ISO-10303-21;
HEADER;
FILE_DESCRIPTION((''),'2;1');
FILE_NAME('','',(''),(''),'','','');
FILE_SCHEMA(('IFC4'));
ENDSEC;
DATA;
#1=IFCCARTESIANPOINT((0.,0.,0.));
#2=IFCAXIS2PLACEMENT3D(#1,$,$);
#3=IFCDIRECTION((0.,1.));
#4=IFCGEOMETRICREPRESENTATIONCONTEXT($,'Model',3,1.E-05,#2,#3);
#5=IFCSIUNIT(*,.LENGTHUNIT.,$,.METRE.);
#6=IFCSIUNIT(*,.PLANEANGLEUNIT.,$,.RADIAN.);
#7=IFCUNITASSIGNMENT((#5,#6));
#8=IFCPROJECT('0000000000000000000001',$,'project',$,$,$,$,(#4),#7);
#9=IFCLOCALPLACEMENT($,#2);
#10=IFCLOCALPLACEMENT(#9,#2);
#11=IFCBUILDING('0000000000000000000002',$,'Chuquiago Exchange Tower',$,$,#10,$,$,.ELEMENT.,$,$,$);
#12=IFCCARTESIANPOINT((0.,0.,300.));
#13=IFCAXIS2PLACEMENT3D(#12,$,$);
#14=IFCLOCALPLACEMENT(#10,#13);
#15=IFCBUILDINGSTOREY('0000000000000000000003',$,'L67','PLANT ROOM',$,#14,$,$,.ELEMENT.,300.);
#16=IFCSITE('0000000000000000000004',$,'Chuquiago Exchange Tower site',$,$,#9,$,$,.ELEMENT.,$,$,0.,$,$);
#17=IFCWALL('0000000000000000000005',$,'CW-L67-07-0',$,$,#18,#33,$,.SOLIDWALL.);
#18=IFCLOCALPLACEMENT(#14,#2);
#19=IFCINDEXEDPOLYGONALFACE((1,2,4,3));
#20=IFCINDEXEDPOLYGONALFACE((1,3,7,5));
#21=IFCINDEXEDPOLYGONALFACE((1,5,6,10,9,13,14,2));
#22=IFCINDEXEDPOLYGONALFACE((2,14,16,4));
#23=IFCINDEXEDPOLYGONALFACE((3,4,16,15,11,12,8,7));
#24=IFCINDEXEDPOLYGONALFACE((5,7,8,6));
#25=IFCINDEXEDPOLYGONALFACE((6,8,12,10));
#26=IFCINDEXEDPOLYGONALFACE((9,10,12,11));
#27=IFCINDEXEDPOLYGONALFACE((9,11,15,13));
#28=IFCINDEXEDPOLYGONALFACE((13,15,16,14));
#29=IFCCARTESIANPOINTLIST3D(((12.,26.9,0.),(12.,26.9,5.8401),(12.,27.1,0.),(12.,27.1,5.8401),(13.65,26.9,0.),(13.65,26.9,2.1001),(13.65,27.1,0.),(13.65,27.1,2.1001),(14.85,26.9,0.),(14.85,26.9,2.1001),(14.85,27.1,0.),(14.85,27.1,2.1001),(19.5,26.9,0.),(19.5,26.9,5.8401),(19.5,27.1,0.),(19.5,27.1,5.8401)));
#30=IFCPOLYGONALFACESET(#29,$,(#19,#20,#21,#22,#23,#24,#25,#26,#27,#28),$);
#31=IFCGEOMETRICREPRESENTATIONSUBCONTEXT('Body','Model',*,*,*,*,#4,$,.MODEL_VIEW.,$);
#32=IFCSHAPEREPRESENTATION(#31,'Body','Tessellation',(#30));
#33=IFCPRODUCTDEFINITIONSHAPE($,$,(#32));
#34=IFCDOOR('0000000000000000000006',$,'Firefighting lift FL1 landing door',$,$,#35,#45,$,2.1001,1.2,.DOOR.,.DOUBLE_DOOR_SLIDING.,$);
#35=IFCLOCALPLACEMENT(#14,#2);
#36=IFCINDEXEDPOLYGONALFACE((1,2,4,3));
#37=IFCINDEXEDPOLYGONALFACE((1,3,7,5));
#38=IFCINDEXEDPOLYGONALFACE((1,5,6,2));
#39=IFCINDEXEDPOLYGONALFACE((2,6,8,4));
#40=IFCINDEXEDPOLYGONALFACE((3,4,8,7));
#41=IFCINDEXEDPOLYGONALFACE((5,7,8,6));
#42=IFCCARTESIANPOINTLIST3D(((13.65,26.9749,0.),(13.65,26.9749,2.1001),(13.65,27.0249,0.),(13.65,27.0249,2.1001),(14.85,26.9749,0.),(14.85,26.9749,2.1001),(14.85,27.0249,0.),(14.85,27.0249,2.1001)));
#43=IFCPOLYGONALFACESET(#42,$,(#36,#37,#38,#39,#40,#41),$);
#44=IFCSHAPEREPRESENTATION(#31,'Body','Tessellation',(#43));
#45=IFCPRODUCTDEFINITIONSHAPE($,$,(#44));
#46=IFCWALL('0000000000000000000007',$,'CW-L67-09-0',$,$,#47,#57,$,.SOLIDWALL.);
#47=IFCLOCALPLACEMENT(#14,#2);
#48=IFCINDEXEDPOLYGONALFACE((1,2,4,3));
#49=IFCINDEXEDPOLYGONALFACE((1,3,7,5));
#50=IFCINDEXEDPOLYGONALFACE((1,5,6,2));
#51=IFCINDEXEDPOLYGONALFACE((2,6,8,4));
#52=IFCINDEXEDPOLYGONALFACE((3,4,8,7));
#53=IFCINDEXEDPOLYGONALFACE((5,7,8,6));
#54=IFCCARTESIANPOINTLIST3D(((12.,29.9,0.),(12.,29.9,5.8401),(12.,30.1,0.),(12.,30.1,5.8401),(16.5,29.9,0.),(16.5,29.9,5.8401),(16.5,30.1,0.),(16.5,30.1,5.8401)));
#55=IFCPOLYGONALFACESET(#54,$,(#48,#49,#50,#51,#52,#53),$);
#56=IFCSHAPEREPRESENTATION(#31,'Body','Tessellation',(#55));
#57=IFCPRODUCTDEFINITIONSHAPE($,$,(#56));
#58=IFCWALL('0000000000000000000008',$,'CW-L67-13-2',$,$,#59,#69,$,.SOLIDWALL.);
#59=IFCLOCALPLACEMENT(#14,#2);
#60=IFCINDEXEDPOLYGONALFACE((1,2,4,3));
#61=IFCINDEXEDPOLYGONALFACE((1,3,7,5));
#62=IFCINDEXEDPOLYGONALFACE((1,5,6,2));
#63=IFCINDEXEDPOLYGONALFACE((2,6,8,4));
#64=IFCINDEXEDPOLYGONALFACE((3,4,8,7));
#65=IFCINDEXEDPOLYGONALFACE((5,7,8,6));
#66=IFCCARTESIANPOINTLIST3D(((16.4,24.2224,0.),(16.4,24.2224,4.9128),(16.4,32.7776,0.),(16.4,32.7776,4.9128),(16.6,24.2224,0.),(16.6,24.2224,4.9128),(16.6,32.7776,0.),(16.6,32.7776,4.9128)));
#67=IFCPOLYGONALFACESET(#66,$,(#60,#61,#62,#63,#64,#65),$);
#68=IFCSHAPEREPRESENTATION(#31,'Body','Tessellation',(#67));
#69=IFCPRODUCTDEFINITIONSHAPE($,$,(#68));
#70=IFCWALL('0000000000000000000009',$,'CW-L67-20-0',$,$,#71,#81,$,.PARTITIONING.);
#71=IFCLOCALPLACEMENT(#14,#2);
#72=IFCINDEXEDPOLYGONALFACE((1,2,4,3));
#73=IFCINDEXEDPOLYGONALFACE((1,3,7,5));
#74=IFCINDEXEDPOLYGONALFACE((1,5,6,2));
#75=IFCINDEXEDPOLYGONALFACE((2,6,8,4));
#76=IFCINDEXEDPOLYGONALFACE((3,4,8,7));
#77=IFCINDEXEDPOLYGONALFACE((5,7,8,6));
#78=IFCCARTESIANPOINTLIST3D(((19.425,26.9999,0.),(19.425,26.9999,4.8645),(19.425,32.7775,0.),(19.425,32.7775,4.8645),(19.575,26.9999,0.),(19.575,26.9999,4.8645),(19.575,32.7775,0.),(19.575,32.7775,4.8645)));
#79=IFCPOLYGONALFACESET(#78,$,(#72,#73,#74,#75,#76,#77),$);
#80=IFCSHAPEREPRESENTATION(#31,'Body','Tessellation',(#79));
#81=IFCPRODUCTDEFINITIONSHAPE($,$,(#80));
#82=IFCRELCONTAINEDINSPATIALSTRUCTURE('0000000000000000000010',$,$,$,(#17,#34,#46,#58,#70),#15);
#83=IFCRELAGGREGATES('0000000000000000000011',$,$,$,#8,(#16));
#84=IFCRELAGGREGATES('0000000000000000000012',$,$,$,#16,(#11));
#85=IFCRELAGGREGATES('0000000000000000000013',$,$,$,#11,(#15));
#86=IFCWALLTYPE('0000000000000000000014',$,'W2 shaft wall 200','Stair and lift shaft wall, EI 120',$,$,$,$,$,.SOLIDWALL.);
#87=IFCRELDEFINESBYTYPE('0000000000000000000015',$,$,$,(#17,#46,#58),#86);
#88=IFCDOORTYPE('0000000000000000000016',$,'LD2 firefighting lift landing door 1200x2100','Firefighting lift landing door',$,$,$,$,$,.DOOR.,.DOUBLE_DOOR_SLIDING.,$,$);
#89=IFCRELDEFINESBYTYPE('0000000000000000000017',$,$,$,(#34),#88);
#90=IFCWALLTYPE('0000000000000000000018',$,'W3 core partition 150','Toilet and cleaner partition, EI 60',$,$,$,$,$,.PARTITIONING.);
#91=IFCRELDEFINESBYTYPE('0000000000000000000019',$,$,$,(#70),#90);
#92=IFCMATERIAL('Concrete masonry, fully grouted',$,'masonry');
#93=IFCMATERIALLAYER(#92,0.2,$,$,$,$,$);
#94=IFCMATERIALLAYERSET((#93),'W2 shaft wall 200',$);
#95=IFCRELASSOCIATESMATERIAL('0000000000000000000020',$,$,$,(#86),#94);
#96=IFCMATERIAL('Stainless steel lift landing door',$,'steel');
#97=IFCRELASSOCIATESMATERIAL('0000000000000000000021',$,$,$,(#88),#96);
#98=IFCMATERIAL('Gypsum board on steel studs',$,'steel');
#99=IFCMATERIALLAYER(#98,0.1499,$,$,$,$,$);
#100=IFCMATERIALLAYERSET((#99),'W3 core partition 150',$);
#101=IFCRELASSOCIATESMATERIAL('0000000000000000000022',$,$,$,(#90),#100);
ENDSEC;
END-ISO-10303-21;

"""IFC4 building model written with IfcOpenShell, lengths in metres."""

from ifc_helpers import new_model, si_unit, direction, frame, frame_2d, origin, place, context, subcontext, project, spatial, rectangle, extrude, material, layer, layer_set, type_object, element, fill, save


model = new_model("IFC4")

# Units and contexts
model_context = context("Model", 3, precision=1e-05, world=origin(), true_north=direction((0.0, 1.0)))
body_context = subcontext(model_context, "Body", "Model", "MODEL_VIEW")
ifc_project = project(units=[si_unit("LENGTHUNIT", "METRE"), si_unit("PLANEANGLEUNIT", "RADIAN")], contexts=[model_context])

# Site, building, storey
site_placement = place(None, origin())
site = spatial("IfcSite", under=ifc_project, at=site_placement, Name="Chuquiago Exchange Tower site", CompositionType="ELEMENT", RefElevation=0.0)
building_placement = place(site_placement, origin())
building = spatial("IfcBuilding", under=site, at=building_placement, Name="Chuquiago Exchange Tower", CompositionType="ELEMENT")
storey_placement = place(building_placement, frame((0.0, 0.0, 300.0)))
storey = spatial("IfcBuildingStorey", under=building, at=storey_placement, Name="L67", Description="PLANT ROOM", CompositionType="ELEMENT", Elevation=300.0)

# Shared definitions
ifc_material_1 = material(Name="Concrete masonry, fully grouted", Category="masonry")
ifc_layer_1 = layer(ifc_material_1, 0.2)
ifc_layer_set_1 = layer_set([ifc_layer_1], Name="W2 shaft wall 200")
wall_type_1 = type_object("IfcWallType", Name="W2 shaft wall 200", Description="Stair and lift shaft wall, EI 120", PredefinedType="SOLIDWALL", material=ifc_layer_set_1)

# Wall, opening, door
wall_1_placement = place(storey_placement, frame((12.0, 27.0, 0.0), z_axis=(0.0, 0.0, 1.0), x_axis=(1.0, 0.0, 0.0)))
wall_1 = element("IfcWall", 1, at=wall_1_placement, inside=storey, type_object=wall_type_1, Name="CW-L67-07-0", PredefinedType="SOLIDWALL", context=body_context, shape_type="SweptSolid", body=[
    extrude(rectangle(XDim=7.5, YDim=0.2, at=frame_2d((3.75, 0.0))), origin(), (0.0, 0.0, 1.0), 5.8401),
])
opening_1_placement = place(wall_1_placement, frame((1.6499, 0.0, 0.0)))
opening_1 = element("IfcOpeningElement", 2, at=opening_1_placement, cuts=wall_1, PredefinedType="OPENING", context=body_context, shape_type="SweptSolid", body=[
    extrude(rectangle(XDim=1.2, YDim=2.1001, at=frame_2d((0.6001, 1.05))), frame((0.0, 0.1099, 0.0), z_axis=(0.0, -1.0, 0.0), x_axis=(1.0, 0.0, 0.0)), (0.0, 0.0, 1.0), 0.22),
])
ifc_material_2 = material(Name="Stainless steel lift landing door", Category="steel")
door_type_1 = type_object("IfcDoorType", Name="LD2 firefighting lift landing door 1200x2100", Description="Firefighting lift landing door", OperationType="DOUBLE_DOOR_SLIDING", PredefinedType="DOOR", material=ifc_material_2)
door_1_placement = place(opening_1_placement, origin())
door_1 = element("IfcDoor", 3, at=door_1_placement, inside=storey, type_object=door_type_1, Name="Firefighting lift FL1 landing door", OperationType="DOUBLE_DOOR_SLIDING", OverallHeight=2.1001, OverallWidth=1.2, PredefinedType="DOOR", context=body_context, shape_type="SweptSolid", body=[
    extrude(rectangle(XDim=1.2, YDim=2.1001, at=frame_2d((0.6001, 1.05))), frame((0.0, 0.0249, 0.0), z_axis=(0.0, -1.0, 0.0), x_axis=(1.0, 0.0, 0.0)), (0.0, 0.0, 1.0), 0.05),
])
fill(opening_1, door_1)

# Walls
wall_2_placement = place(storey_placement, frame((12.0, 30.0, 0.0), z_axis=(0.0, 0.0, 1.0), x_axis=(1.0, 0.0, 0.0)))
element("IfcWall", 4, at=wall_2_placement, inside=storey, type_object=wall_type_1, Name="CW-L67-09-0", PredefinedType="SOLIDWALL", context=body_context, shape_type="SweptSolid", body=[
    extrude(rectangle(XDim=4.5, YDim=0.2, at=frame_2d((2.25, 0.0))), origin(), (0.0, 0.0, 1.0), 5.8401),
])
wall_3_placement = place(storey_placement, frame((16.5, 24.2224, 0.0), z_axis=(0.0, 0.0, 1.0), x_axis=(0.0, 1.0, 0.0)))
element("IfcWall", 5, at=wall_3_placement, inside=storey, type_object=wall_type_1, Name="CW-L67-13-2", PredefinedType="SOLIDWALL", context=body_context, shape_type="SweptSolid", body=[
    extrude(rectangle(XDim=8.5552, YDim=0.2, at=frame_2d((4.2776, 0.0))), origin(), (0.0, 0.0, 1.0), 4.9128),
])
ifc_material_3 = material(Name="Gypsum board on steel studs", Category="steel")
ifc_layer_2 = layer(ifc_material_3, 0.1499)
ifc_layer_set_2 = layer_set([ifc_layer_2], Name="W3 core partition 150")
wall_type_2 = type_object("IfcWallType", Name="W3 core partition 150", Description="Toilet and cleaner partition, EI 60", PredefinedType="PARTITIONING", material=ifc_layer_set_2)
wall_4_placement = place(storey_placement, frame((19.5, 27.0, 0.0), z_axis=(0.0, 0.0, 1.0), x_axis=(0.0, 1.0, 0.0)))
element("IfcWall", 6, at=wall_4_placement, inside=storey, type_object=wall_type_2, Name="CW-L67-20-0", PredefinedType="PARTITIONING", context=body_context, shape_type="SweptSolid", body=[
    extrude(rectangle(XDim=5.7776, YDim=0.1499, at=frame_2d((2.8887, 0.0))), origin(), (0.0, 0.0, 1.0), 4.8645),
])

save(model, "model.ifc")
